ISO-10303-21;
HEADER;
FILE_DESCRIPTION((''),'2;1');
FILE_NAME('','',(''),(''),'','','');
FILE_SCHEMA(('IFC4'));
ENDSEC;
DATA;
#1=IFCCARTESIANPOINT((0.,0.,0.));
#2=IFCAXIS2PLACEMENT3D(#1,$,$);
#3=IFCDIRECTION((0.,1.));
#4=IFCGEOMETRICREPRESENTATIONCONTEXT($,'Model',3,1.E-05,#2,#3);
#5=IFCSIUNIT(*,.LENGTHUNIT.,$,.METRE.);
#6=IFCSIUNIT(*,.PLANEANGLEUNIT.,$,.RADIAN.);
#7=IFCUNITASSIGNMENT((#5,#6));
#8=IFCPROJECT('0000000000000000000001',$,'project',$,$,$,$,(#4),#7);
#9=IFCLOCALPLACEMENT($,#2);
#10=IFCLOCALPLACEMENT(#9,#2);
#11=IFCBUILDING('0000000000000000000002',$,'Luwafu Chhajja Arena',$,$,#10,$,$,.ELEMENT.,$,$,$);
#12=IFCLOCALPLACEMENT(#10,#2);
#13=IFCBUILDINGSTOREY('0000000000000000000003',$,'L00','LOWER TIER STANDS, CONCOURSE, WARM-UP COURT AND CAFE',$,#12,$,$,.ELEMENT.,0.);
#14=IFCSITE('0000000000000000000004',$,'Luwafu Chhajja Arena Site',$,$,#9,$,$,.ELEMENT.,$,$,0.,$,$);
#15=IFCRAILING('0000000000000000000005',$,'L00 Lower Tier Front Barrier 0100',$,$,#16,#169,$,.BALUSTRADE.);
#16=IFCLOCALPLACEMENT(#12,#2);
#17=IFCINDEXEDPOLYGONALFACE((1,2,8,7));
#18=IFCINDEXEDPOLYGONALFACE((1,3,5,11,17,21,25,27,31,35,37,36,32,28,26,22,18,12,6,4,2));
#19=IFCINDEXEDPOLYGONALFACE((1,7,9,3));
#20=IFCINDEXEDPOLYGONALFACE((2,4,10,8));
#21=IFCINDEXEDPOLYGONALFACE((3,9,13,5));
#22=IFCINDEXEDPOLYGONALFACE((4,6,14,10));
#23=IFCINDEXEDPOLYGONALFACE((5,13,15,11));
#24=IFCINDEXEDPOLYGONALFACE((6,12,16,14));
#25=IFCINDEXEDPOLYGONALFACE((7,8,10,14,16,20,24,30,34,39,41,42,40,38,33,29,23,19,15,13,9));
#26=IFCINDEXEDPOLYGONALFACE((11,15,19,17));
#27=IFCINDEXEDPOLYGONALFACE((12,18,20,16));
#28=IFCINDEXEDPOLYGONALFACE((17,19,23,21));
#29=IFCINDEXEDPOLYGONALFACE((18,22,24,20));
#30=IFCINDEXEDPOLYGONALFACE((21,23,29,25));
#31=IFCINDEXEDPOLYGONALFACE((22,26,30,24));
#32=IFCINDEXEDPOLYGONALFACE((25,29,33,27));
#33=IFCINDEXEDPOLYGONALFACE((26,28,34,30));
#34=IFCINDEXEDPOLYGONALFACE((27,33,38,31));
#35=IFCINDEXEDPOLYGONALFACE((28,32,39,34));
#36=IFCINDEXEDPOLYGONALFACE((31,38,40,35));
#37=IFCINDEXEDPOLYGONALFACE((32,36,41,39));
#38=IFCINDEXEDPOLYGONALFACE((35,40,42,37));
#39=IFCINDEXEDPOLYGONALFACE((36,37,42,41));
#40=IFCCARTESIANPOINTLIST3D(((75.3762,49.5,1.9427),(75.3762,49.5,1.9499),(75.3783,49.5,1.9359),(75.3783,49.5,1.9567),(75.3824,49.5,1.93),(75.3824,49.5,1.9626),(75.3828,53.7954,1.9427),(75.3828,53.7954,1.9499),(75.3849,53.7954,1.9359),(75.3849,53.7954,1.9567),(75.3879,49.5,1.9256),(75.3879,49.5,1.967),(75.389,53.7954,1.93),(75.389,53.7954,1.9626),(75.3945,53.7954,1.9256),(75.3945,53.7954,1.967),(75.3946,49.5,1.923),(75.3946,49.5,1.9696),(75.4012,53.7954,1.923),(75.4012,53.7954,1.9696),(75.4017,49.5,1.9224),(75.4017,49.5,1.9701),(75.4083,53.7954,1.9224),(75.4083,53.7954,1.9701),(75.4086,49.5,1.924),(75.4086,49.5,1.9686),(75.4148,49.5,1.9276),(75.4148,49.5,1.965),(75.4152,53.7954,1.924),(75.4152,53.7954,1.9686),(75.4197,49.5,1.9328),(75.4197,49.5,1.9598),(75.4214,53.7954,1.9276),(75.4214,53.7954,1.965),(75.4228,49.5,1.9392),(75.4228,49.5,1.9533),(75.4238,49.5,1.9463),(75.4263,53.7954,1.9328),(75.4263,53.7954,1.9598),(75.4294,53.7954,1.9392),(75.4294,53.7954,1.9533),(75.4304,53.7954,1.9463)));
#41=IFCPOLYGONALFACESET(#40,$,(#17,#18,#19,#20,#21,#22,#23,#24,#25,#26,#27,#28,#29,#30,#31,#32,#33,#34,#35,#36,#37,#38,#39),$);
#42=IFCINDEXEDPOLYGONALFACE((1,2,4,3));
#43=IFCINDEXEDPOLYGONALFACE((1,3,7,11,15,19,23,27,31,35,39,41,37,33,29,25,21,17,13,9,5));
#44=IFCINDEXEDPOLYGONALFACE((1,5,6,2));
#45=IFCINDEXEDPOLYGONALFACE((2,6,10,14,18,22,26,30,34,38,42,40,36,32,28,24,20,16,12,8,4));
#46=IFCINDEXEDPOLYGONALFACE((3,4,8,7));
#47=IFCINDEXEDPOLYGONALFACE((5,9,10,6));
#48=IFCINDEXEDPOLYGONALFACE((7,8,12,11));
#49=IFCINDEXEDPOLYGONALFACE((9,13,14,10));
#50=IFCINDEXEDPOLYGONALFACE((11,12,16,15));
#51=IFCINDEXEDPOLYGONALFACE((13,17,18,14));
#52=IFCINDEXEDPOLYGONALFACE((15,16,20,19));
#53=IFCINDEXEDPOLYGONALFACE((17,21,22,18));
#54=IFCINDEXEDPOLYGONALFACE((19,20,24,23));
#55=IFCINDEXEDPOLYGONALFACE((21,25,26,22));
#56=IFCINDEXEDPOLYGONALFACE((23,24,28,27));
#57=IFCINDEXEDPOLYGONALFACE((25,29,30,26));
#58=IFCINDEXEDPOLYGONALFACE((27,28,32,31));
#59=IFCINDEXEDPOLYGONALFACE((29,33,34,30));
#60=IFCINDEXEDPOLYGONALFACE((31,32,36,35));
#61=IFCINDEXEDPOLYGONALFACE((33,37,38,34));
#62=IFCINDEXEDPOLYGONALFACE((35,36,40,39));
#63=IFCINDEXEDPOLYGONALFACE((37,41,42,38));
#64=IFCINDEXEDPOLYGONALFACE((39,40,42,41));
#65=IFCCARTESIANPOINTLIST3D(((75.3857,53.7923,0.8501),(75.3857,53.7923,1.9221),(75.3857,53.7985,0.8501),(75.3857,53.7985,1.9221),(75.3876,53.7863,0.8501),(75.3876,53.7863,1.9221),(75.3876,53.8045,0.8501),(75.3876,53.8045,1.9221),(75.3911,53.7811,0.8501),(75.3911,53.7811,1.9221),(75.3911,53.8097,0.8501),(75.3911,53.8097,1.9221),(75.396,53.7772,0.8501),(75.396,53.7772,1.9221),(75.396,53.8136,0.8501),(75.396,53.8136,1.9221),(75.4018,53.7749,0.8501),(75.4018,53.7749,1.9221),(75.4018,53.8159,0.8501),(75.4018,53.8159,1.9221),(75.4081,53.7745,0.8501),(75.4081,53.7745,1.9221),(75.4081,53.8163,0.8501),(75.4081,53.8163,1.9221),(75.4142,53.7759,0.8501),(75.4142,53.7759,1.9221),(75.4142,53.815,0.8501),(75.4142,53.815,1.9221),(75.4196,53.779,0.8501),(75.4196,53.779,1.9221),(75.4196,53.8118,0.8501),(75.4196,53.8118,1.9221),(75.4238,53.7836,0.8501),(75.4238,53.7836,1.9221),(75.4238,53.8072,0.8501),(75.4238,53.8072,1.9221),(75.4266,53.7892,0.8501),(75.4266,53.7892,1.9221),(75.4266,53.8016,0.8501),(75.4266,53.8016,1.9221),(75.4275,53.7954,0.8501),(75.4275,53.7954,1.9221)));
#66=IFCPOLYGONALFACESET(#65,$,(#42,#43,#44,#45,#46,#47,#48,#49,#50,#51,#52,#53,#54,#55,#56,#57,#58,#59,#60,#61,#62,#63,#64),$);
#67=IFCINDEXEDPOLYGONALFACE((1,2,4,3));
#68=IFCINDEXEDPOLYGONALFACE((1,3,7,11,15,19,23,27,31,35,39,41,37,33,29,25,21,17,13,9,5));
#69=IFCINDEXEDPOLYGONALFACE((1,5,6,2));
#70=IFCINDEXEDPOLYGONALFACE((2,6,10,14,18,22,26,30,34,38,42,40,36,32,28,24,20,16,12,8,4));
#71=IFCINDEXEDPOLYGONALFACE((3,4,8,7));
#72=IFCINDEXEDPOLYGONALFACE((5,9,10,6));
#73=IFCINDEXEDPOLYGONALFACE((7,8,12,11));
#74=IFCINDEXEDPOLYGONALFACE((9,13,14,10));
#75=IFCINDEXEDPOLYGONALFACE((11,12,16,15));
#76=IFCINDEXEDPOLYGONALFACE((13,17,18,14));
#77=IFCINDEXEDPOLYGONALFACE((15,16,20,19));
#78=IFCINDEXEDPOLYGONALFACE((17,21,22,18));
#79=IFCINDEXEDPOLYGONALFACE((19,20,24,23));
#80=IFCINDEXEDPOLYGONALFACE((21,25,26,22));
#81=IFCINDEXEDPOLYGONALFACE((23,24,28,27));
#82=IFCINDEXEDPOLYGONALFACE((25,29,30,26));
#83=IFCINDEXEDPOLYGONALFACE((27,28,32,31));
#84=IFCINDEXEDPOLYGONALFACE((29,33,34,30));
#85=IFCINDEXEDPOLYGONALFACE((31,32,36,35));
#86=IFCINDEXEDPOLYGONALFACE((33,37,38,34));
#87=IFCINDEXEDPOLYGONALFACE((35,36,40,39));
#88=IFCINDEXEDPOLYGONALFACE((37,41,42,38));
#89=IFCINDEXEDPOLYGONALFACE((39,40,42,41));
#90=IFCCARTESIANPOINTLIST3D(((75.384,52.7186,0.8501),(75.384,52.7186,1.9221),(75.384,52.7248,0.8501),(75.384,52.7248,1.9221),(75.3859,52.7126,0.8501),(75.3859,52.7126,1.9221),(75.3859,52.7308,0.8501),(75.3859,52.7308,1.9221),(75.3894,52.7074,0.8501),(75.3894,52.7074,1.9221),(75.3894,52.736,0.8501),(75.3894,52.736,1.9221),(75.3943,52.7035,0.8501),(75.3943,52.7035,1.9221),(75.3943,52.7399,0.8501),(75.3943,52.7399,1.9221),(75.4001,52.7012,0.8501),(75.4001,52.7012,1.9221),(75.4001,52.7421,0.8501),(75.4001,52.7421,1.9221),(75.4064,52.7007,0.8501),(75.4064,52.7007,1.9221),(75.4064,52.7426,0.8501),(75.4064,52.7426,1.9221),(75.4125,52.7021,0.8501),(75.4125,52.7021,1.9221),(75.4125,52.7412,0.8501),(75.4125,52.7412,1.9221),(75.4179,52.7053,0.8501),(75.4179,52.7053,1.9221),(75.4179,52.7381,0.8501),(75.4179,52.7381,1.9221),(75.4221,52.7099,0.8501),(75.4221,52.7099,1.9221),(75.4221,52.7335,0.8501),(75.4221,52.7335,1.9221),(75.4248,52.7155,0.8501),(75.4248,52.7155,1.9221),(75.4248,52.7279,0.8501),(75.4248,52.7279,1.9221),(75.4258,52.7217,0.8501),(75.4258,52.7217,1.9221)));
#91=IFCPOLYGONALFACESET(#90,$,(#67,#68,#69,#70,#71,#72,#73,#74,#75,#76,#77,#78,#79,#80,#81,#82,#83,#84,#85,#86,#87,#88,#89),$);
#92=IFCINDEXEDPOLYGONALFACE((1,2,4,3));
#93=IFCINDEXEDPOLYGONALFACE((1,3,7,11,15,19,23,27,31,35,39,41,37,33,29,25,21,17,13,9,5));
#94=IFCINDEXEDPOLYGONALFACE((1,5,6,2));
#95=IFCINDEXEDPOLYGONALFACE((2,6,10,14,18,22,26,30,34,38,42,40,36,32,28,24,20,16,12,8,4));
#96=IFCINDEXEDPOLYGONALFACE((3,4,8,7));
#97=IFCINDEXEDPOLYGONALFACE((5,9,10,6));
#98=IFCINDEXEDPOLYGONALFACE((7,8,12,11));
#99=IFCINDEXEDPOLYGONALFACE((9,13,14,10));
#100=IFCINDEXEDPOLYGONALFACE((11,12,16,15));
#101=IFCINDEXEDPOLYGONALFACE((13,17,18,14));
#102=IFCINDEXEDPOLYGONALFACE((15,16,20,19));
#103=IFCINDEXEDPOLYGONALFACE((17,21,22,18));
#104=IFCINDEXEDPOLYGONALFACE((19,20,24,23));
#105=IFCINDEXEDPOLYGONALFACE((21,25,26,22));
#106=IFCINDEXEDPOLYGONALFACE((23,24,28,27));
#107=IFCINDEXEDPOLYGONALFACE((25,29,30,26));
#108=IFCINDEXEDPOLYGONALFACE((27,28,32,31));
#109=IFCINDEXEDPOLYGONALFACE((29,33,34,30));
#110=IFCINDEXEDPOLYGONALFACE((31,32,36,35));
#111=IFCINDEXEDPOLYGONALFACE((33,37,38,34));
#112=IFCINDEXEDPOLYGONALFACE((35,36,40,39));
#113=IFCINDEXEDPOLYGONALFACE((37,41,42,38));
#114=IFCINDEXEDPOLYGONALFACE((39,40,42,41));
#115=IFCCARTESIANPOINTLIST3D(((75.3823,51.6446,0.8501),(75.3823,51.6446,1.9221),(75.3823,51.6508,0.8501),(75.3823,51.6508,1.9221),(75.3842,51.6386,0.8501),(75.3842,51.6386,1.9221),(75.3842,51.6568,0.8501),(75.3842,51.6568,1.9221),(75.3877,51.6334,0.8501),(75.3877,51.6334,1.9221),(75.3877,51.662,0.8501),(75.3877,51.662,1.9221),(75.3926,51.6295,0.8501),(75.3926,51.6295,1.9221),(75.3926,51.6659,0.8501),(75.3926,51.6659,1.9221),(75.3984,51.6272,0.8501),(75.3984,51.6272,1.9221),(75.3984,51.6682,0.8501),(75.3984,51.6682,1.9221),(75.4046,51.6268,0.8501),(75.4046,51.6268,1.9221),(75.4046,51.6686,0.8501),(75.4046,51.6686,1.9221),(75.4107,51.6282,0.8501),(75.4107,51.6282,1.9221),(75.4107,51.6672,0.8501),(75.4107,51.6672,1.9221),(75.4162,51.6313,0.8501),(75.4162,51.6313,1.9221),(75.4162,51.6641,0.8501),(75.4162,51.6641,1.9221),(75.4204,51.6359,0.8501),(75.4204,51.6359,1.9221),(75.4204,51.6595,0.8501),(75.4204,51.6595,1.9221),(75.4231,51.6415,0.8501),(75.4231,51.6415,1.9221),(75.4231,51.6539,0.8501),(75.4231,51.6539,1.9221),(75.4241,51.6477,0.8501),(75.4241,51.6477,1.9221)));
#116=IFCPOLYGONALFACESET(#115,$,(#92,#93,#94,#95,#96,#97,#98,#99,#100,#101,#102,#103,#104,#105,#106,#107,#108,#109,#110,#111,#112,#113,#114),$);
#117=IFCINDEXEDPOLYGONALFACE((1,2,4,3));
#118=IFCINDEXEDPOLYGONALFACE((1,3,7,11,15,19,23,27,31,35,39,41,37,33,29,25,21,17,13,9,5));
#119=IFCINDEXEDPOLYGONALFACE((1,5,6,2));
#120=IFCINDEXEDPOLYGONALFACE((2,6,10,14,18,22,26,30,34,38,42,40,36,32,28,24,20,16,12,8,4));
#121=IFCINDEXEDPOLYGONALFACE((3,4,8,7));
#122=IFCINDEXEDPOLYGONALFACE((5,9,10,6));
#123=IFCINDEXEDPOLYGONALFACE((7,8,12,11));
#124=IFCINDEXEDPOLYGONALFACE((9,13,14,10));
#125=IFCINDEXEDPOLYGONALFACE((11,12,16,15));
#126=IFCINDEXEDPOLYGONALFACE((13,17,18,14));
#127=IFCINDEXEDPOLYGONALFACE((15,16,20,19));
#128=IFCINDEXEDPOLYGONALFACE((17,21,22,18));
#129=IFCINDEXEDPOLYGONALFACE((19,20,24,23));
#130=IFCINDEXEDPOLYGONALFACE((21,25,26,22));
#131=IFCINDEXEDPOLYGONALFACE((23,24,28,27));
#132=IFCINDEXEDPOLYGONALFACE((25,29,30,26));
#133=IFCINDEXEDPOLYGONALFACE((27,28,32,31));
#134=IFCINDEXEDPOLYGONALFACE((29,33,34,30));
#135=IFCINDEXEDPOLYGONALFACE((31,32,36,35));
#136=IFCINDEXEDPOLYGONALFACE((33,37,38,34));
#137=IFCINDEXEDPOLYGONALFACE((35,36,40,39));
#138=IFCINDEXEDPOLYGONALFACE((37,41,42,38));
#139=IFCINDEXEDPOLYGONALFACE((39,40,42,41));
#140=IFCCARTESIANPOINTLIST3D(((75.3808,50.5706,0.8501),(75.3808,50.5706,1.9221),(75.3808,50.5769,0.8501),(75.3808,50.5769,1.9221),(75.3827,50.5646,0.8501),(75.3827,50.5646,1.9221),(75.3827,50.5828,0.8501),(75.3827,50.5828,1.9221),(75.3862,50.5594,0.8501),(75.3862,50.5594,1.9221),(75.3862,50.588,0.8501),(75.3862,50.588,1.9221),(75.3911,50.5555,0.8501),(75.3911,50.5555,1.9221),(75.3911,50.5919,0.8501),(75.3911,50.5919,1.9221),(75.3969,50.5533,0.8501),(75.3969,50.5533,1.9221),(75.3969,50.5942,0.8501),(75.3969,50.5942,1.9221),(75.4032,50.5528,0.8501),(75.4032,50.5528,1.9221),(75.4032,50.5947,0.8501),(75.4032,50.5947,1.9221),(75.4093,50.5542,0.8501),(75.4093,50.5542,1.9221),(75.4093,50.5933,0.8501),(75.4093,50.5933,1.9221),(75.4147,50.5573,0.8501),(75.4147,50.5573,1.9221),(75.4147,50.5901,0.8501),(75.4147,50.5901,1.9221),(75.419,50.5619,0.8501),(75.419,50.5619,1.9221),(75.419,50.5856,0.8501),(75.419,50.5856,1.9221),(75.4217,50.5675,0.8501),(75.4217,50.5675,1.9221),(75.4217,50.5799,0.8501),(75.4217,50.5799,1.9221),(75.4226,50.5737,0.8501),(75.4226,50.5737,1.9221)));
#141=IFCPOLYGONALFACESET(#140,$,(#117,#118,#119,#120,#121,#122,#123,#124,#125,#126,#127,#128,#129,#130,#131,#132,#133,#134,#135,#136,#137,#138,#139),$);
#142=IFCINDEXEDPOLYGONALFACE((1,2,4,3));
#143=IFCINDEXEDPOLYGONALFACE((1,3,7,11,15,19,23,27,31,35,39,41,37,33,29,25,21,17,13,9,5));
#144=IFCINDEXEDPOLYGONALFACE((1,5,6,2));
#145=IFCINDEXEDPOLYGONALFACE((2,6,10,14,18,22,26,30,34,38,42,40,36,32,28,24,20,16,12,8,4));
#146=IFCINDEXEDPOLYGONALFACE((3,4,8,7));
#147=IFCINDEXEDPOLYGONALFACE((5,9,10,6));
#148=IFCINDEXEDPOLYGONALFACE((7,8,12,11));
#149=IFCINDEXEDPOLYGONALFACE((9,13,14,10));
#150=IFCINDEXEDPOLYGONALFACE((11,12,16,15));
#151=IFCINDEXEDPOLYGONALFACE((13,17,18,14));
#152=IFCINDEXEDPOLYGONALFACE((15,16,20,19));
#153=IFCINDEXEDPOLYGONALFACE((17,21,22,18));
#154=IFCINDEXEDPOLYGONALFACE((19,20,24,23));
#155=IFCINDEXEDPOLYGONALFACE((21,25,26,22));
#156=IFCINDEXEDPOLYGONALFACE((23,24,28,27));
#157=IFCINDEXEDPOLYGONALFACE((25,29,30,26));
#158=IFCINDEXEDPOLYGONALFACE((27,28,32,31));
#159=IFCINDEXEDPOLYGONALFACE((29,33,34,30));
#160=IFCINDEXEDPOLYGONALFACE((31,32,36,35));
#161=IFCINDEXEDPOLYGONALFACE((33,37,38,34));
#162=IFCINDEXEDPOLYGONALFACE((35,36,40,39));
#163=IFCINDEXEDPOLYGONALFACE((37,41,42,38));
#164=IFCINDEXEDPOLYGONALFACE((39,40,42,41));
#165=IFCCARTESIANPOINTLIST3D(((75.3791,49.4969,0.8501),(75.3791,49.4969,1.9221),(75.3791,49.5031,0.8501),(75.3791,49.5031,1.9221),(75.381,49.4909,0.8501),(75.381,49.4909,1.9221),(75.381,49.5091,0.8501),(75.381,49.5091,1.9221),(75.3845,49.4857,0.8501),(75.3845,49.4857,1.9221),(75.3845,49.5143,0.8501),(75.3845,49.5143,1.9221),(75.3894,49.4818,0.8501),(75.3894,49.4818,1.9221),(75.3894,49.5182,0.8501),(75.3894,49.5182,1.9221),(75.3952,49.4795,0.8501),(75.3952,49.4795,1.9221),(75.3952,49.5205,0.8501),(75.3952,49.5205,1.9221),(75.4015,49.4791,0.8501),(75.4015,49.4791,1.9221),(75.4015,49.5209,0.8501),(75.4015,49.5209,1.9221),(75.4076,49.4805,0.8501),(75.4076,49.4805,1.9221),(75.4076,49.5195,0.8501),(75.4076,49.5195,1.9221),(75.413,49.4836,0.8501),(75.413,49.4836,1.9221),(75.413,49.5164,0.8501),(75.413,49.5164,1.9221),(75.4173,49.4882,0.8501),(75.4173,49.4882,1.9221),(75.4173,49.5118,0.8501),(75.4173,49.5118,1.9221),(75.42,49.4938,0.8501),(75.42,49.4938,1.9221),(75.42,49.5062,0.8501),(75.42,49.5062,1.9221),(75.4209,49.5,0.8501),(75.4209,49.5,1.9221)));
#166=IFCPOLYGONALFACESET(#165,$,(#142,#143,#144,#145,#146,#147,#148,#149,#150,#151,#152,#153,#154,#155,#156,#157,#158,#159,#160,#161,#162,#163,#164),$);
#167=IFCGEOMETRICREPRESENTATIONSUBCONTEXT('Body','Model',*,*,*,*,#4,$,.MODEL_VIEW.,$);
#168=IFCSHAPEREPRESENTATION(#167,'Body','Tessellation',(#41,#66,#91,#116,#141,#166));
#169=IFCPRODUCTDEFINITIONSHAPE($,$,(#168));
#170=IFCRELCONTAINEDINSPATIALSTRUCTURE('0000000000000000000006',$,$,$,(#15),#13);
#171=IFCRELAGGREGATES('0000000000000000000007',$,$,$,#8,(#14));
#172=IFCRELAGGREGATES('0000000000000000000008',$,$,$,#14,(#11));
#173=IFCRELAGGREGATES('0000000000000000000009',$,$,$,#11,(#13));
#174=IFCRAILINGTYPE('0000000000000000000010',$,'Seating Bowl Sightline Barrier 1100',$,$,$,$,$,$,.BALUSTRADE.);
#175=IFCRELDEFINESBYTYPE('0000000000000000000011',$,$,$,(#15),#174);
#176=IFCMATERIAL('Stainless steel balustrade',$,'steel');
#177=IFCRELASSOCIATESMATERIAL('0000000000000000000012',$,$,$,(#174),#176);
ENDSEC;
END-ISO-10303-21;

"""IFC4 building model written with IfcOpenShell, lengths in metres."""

from ifc_helpers import new_model, si_unit, direction, frame, origin, origin_2d, place, context, subcontext, project, spatial, circle, extrude, material, type_object, element, save


model = new_model("IFC4")

# Units and contexts
model_context = context("Model", 3, precision=1e-05, world=origin(), true_north=direction((0.0, 1.0)))
body_context = subcontext(model_context, "Body", "Model", "MODEL_VIEW")
ifc_project = project(units=[si_unit("LENGTHUNIT", "METRE"), si_unit("PLANEANGLEUNIT", "RADIAN")], contexts=[model_context])

# Site, building, storey
site_placement = place(None, origin())
site = spatial("IfcSite", under=ifc_project, at=site_placement, Name="Luwafu Chhajja Arena Site", CompositionType="ELEMENT", RefElevation=0.0)
building_placement = place(site_placement, origin())
building = spatial("IfcBuilding", under=site, at=building_placement, Name="Luwafu Chhajja Arena", CompositionType="ELEMENT")
storey_placement = place(building_placement, origin())
storey = spatial("IfcBuildingStorey", under=building, at=storey_placement, Name="L00", Description="LOWER TIER STANDS, CONCOURSE, WARM-UP COURT AND CAFE", CompositionType="ELEMENT", Elevation=0.0)

# Railing
ifc_material_1 = material(Name="Stainless steel balustrade", Category="steel")
railing_type = type_object("IfcRailingType", Name="Seating Bowl Sightline Barrier 1100", PredefinedType="BALUSTRADE", material=ifc_material_1)
railing_1_placement = place(storey_placement, frame((75.4065, 53.7954, 0.8501)))
element("IfcRailing", 1, at=railing_1_placement, inside=storey, type_object=railing_type, Name="L00 Lower Tier Front Barrier 0100", PredefinedType="BALUSTRADE", context=body_context, shape_type="SweptSolid", body=[
    extrude(circle(Radius=0.0239, at=origin_2d()), frame((0.0, 0.0, 1.0962), z_axis=(-0.001535, -0.999999, 0.0), x_axis=(0.999999, -0.001535, 0.0)), (0.0, 0.0, 1.0), 4.2954),
    extrude(circle(Radius=0.021, at=origin_2d()), origin(), (0.0, 0.0, 1.0), 1.072),
    extrude(circle(Radius=0.021, at=origin_2d()), frame((-0.0017, -1.0737, 0.0)), (0.0, 0.0, 1.0), 1.072),
    extrude(circle(Radius=0.021, at=origin_2d()), frame((-0.0034, -2.1477, 0.0)), (0.0, 0.0, 1.0), 1.072),
    extrude(circle(Radius=0.021, at=origin_2d()), frame((-0.0049, -3.2217, 0.0)), (0.0, 0.0, 1.0), 1.072),
    extrude(circle(Radius=0.021, at=origin_2d()), frame((-0.0066, -4.2954, 0.0)), (0.0, 0.0, 1.0), 1.072),
])

save(model, "model.ifc")
